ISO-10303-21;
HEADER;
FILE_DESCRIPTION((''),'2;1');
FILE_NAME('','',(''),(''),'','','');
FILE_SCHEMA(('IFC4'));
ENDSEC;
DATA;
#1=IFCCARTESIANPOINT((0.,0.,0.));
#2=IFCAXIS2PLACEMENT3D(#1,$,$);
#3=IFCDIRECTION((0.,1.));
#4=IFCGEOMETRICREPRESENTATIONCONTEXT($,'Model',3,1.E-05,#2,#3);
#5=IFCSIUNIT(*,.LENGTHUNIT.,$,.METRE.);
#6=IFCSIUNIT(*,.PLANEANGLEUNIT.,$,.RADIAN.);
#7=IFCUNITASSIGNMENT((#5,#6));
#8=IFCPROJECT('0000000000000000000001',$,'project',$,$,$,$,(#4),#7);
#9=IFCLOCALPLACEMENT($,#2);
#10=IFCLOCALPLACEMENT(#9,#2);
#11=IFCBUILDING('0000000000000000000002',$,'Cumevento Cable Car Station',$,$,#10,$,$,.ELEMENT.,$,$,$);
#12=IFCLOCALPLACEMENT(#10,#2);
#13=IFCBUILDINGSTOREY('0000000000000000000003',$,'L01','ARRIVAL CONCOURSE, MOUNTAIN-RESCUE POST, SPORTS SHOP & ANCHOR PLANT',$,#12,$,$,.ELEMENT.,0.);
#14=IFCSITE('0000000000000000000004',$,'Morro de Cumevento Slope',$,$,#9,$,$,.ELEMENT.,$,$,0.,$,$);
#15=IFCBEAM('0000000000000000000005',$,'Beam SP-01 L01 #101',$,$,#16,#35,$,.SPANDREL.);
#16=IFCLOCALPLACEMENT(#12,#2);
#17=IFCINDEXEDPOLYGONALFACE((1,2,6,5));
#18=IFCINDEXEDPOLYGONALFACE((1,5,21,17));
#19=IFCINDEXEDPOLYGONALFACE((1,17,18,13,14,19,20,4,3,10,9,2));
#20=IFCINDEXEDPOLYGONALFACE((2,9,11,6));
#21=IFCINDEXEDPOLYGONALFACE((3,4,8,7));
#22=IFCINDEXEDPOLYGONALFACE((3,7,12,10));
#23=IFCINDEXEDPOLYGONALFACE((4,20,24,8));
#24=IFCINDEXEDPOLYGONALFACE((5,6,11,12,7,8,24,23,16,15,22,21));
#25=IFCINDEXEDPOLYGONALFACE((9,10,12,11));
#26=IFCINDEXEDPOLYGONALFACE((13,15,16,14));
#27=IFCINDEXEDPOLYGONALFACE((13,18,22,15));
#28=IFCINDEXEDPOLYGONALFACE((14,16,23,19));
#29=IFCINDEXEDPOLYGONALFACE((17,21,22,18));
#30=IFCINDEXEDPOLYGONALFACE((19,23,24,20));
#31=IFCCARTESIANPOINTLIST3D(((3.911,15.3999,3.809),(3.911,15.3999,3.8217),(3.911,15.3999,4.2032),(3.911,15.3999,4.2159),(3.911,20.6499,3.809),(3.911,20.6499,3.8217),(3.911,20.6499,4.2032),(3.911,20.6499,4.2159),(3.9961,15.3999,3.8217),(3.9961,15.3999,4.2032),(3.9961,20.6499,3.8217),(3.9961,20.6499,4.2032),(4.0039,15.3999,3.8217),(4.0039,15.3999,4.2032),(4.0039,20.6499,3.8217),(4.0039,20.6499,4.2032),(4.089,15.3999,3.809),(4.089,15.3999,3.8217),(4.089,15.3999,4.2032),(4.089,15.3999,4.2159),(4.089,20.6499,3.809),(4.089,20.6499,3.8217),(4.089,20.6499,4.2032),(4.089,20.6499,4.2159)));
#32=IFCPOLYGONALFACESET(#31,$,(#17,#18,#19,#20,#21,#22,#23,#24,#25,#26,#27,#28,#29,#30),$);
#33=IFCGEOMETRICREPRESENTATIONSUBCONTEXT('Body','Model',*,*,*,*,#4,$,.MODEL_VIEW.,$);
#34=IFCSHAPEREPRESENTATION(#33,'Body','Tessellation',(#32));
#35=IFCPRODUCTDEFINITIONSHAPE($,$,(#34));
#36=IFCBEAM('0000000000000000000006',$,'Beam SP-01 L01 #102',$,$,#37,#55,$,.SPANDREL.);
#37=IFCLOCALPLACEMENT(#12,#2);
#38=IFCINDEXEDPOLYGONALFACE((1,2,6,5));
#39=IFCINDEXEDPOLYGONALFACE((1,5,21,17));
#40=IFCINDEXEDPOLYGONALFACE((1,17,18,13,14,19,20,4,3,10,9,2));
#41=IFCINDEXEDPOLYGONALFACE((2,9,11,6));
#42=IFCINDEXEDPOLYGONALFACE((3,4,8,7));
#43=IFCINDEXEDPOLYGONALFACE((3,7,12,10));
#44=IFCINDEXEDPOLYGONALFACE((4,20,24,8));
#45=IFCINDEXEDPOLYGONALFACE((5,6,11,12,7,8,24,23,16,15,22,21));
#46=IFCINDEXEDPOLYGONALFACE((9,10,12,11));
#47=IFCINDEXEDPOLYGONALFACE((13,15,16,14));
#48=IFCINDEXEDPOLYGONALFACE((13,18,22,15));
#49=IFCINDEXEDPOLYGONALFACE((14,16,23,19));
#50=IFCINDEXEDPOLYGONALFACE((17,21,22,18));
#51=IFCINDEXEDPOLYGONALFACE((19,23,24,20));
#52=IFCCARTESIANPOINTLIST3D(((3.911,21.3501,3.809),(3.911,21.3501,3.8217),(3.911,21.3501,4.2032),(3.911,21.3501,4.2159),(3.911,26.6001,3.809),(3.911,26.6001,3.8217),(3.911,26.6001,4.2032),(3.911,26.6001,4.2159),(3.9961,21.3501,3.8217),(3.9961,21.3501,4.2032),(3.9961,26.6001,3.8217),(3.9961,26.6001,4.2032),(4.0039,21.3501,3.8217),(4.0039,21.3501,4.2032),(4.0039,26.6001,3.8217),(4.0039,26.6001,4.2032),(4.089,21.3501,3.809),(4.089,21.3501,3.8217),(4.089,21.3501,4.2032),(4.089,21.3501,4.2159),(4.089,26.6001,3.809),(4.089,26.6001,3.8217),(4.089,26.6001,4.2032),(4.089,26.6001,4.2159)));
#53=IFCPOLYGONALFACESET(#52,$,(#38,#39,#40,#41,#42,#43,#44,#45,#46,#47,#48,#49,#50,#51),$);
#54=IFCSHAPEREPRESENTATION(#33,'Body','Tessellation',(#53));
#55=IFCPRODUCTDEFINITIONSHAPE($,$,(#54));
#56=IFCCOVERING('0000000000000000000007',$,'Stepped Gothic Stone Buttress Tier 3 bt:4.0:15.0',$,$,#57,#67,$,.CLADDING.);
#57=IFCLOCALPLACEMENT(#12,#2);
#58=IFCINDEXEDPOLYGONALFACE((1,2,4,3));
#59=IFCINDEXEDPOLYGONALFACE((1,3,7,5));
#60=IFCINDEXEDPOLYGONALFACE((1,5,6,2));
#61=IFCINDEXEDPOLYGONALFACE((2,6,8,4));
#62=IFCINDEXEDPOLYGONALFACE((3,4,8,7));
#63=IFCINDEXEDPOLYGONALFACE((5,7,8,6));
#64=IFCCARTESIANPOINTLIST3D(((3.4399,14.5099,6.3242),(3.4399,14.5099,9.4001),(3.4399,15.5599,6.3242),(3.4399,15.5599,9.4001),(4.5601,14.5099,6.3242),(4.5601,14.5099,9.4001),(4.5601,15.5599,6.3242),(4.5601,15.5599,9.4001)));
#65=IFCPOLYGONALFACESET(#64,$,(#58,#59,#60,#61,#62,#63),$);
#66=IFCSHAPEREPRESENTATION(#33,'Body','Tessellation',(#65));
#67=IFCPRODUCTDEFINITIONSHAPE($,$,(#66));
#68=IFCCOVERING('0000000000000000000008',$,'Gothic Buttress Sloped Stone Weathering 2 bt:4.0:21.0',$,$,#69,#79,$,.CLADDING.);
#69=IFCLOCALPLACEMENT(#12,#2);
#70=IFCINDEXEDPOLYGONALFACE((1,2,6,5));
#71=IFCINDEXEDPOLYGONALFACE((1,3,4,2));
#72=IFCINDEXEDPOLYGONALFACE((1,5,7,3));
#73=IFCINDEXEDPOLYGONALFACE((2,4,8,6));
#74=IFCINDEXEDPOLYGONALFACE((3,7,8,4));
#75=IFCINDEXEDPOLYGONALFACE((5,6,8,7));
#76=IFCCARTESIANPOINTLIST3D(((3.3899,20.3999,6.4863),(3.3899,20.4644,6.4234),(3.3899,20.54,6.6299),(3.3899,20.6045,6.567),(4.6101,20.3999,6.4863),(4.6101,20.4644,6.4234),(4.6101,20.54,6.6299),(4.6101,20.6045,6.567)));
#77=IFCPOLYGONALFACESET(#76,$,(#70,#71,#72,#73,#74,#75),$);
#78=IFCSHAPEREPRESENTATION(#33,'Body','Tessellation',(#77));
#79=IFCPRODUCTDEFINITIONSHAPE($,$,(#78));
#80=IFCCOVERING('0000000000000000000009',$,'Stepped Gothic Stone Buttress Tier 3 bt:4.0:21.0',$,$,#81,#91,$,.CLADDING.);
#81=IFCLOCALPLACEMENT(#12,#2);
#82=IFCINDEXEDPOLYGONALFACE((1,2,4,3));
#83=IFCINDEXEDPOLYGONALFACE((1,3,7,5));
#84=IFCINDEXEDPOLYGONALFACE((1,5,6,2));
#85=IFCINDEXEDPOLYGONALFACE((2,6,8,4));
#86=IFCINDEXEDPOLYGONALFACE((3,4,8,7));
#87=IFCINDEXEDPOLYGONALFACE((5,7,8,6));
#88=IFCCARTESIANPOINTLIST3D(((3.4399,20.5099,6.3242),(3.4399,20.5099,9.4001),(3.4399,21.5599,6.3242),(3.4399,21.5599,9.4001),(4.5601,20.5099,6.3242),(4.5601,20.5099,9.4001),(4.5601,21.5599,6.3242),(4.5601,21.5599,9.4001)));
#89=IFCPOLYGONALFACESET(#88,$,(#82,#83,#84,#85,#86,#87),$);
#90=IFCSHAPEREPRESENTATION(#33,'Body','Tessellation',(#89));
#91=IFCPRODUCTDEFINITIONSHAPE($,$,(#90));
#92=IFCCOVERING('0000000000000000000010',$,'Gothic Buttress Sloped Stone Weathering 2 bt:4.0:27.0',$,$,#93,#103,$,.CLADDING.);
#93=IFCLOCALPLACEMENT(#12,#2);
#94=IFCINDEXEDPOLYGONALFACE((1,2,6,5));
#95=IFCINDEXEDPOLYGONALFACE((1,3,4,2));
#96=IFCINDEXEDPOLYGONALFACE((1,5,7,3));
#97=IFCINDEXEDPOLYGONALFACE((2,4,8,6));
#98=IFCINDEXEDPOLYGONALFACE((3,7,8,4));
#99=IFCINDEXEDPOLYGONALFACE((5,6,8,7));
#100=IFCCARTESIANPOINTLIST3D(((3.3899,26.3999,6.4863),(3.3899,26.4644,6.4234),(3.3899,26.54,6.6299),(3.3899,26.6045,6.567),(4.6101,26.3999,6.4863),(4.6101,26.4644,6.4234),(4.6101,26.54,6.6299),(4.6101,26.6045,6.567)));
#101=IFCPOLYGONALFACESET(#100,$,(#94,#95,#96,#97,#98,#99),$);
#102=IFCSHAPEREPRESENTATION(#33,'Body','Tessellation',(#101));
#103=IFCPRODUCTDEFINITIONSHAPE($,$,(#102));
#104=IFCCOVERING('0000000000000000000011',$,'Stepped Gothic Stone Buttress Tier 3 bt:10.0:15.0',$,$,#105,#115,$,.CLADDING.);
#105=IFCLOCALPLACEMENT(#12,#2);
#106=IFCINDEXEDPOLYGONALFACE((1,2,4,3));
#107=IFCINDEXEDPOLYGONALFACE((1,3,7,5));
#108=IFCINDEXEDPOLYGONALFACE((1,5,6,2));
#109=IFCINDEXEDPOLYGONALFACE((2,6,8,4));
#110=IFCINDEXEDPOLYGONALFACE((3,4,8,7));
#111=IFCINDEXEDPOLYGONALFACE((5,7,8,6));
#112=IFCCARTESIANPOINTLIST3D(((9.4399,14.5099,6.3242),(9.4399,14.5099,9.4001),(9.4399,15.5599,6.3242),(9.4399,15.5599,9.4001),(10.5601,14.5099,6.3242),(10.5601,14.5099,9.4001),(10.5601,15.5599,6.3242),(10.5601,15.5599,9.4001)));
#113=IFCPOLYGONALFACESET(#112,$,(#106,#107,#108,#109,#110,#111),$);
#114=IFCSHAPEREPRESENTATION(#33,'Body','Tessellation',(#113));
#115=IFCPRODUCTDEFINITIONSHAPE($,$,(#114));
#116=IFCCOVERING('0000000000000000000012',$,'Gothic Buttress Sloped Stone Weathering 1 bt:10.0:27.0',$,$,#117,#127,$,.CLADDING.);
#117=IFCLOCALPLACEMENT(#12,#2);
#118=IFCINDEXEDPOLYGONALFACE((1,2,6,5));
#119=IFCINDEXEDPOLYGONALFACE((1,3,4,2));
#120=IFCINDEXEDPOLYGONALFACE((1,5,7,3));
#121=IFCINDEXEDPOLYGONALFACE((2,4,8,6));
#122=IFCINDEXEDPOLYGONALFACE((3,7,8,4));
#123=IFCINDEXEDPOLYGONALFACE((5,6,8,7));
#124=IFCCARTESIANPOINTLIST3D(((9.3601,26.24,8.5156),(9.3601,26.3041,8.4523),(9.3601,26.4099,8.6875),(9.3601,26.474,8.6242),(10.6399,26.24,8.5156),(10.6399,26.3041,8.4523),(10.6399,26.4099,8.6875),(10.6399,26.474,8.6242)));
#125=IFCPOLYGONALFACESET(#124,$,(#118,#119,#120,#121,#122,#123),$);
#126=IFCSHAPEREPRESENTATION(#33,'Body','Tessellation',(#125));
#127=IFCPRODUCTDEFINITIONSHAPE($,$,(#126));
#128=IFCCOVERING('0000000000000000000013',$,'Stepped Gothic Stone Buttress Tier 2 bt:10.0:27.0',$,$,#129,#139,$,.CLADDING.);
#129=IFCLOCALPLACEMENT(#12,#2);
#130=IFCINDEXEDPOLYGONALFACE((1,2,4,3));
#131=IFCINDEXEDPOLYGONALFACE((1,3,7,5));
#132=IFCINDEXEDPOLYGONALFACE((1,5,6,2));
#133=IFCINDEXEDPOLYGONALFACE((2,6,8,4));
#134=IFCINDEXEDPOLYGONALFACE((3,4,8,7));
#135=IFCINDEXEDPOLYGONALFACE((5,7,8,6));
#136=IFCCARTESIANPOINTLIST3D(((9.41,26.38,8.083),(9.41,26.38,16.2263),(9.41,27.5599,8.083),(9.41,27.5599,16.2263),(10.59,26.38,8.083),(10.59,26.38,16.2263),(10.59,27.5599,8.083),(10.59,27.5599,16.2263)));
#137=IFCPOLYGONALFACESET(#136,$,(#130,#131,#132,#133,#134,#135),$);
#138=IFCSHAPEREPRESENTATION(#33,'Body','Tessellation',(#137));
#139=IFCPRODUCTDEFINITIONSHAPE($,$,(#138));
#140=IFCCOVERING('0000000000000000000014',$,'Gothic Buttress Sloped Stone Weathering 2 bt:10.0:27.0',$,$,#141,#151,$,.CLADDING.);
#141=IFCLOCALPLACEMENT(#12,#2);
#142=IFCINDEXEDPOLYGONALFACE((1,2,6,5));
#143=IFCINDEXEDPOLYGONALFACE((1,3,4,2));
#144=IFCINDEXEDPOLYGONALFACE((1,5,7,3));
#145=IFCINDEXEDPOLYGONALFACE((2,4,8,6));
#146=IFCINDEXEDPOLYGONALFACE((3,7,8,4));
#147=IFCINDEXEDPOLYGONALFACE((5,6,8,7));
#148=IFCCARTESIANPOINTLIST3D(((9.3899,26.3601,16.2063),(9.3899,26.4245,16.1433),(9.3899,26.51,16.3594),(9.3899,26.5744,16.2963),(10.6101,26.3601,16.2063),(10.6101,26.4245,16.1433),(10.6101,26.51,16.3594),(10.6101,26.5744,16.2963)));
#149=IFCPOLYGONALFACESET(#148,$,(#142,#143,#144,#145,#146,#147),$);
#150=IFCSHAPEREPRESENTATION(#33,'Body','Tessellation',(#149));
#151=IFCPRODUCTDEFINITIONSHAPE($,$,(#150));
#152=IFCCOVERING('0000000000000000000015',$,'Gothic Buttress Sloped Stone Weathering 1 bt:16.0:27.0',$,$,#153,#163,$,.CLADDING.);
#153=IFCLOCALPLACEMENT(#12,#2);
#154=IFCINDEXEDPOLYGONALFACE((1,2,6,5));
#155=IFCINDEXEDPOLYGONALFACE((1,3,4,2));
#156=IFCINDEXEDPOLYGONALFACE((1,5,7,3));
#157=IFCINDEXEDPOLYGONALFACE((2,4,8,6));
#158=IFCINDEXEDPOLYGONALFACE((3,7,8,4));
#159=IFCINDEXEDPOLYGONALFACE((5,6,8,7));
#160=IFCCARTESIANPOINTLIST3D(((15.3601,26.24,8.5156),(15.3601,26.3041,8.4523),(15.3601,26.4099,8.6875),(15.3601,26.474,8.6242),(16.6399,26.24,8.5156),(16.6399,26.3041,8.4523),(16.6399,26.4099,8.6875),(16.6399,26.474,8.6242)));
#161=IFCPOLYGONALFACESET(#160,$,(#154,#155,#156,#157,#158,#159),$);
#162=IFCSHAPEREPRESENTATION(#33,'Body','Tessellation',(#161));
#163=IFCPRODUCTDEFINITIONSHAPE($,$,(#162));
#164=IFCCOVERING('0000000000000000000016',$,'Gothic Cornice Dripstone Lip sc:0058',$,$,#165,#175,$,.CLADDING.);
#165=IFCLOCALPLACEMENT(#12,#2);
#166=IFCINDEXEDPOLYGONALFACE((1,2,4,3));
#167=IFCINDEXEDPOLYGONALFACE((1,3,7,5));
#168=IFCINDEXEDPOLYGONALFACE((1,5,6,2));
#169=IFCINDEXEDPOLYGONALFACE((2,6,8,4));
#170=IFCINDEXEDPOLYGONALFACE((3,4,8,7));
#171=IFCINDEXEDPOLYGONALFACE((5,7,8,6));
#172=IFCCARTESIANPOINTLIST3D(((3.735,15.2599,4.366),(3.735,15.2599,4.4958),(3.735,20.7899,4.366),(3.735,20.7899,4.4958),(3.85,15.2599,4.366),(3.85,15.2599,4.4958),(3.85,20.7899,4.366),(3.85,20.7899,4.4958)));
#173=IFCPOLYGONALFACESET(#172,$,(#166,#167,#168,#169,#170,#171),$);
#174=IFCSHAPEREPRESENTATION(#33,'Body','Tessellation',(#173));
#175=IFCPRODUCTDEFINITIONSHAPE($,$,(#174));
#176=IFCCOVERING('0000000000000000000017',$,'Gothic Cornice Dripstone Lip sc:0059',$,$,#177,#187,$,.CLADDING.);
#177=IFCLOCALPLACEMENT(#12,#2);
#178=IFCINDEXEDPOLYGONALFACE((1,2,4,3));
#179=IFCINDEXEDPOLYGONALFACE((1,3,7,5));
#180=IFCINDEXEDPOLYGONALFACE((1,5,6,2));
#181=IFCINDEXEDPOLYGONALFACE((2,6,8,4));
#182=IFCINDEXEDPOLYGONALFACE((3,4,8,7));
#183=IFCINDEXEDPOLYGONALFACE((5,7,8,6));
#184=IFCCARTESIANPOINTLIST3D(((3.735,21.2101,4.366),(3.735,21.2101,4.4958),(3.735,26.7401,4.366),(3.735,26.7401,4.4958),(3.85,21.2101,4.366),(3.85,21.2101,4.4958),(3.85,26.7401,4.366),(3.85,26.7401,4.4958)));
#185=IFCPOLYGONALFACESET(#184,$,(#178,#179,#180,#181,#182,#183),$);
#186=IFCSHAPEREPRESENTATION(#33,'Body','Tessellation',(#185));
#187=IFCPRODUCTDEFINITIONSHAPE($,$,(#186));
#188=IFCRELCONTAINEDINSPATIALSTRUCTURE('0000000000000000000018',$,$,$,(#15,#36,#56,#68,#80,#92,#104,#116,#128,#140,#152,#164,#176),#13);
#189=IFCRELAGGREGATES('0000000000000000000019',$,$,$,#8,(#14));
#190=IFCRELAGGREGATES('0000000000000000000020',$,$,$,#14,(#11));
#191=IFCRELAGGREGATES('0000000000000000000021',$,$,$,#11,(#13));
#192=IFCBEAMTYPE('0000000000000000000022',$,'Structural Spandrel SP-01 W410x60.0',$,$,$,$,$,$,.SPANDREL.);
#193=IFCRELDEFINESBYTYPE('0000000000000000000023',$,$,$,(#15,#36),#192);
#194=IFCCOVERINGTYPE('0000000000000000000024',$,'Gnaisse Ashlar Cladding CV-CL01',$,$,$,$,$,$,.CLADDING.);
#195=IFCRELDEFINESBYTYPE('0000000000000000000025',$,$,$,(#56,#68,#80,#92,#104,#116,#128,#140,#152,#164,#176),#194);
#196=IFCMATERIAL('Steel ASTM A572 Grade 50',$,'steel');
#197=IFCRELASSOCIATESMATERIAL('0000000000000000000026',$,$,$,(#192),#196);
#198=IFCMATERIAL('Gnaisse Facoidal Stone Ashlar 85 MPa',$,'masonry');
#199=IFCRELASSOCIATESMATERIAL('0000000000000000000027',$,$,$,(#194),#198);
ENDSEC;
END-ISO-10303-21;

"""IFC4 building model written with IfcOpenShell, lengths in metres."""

from ifc_helpers import new_model, si_unit, direction, frame, origin, origin_2d, place, context, subcontext, project, spatial, polyline, rectangle, i_section, outline, extrude, material, material_profile, profile_set, type_object, element, save


model = new_model("IFC4")

# Units and contexts
model_context = context("Model", 3, precision=1e-05, world=origin(), true_north=direction((0.0, 1.0)))
body_context = subcontext(model_context, "Body", "Model", "MODEL_VIEW")
ifc_project = project(units=[si_unit("LENGTHUNIT", "METRE"), si_unit("PLANEANGLEUNIT", "RADIAN")], contexts=[model_context])

# Site, building, storey
site_placement = place(None, origin())
site = spatial("IfcSite", under=ifc_project, at=site_placement, Name="Morro de Cumevento Slope", CompositionType="ELEMENT", RefElevation=0.0)
building_placement = place(site_placement, origin())
building = spatial("IfcBuilding", under=site, at=building_placement, Name="Cumevento Cable Car Station", CompositionType="ELEMENT")
storey_placement = place(building_placement, origin())
storey = spatial("IfcBuildingStorey", under=building, at=storey_placement, Name="L01", Description="ARRIVAL CONCOURSE, MOUNTAIN-RESCUE POST, SPORTS SHOP & ANCHOR PLANT", CompositionType="ELEMENT", Elevation=0.0)

# Beams
ifc_material_1 = material(Name="Steel ASTM A572 Grade 50", Category="steel")
ifc_material_profile_1 = material_profile(ifc_material_1, i_section(OverallWidth=0.178, OverallDepth=0.407, WebThickness=0.0078, FlangeThickness=0.0127, at=origin_2d()), Name="W410x60.0")
ifc_profile_set_1 = profile_set([ifc_material_profile_1], Name="Steel ASTM A572 Grade 50")
beam_type_1 = type_object("IfcBeamType", Name="Structural Spandrel SP-01 W410x60.0", PredefinedType="SPANDREL", material=ifc_profile_set_1)
for number, where, z_axis, x_axis, name in (
    (1, (4.0, 15.3999, 4.0125), (0.0, 1.0, 0.0), (-1.0, 0.0, 0.0), "Beam SP-01 L01 #101"),
    (2, (4.0, 21.3501, 4.0125), (0.0, 1.0, 0.0), (-1.0, 0.0, 0.0), "Beam SP-01 L01 #102"),
):
    element("IfcBeam", number, at=place(storey_placement, frame(where, z_axis=z_axis, x_axis=x_axis)), inside=storey, type_object=beam_type_1, Name=name, PredefinedType="SPANDREL", context=body_context, shape_type="SweptSolid", body=[
        extrude(i_section(OverallWidth=0.178, OverallDepth=0.407, WebThickness=0.0078, FlangeThickness=0.0127, at=origin_2d()), origin(), (0.0, 0.0, 1.0), 5.25),
    ])

# Coverings
ifc_material_2 = material(Name="Gnaisse Facoidal Stone Ashlar 85 MPa", Category="masonry")
covering_type = type_object("IfcCoveringType", Name="Gnaisse Ashlar Cladding CV-CL01", PredefinedType="CLADDING", material=ifc_material_2)
covering_1_placement = place(storey_placement, frame((4.0, 15.0349, 6.3242), z_axis=(0.0, 0.0, 1.0), x_axis=(1.0, 0.0, 0.0)))
element("IfcCovering", 3, at=covering_1_placement, inside=storey, type_object=covering_type, Name="Stepped Gothic Stone Buttress Tier 3 bt:4.0:15.0", PredefinedType="CLADDING", context=body_context, shape_type="SweptSolid", body=[
    extrude(rectangle(XDim=1.1201, YDim=1.05, at=origin_2d()), origin(), (0.0, 0.0, 1.0), 3.0759),
])
covering_2_placement = place(storey_placement, frame((3.3899, 20.3999, 6.4863), z_axis=(0.0, -0.715574, 0.698537), x_axis=(1.0, 0.0, 0.0)))
element("IfcCovering", 4, at=covering_2_placement, inside=storey, type_object=covering_type, Name="Gothic Buttress Sloped Stone Weathering 2 bt:4.0:21.0", PredefinedType="CLADDING", context=body_context, shape_type="SweptSolid", body=[
    extrude(outline(polyline([(0.0, 0.0), (1.2202, 0.0), (1.2202, 0.2006), (0.0, 0.2006), (0.0, 0.0)])), origin(), (0.0, 0.0, -1.0), 0.0901),
])
covering_3_placement = place(storey_placement, frame((4.0, 21.0349, 6.3242), z_axis=(0.0, 0.0, 1.0), x_axis=(1.0, 0.0, 0.0)))
element("IfcCovering", 5, at=covering_3_placement, inside=storey, type_object=covering_type, Name="Stepped Gothic Stone Buttress Tier 3 bt:4.0:21.0", PredefinedType="CLADDING", context=body_context, shape_type="SweptSolid", body=[
    extrude(rectangle(XDim=1.1201, YDim=1.05, at=origin_2d()), origin(), (0.0, 0.0, 1.0), 3.0759),
])
covering_4_placement = place(storey_placement, frame((3.3899, 26.3999, 6.4863), z_axis=(0.0, -0.715574, 0.698537), x_axis=(1.0, 0.0, 0.0)))
element("IfcCovering", 6, at=covering_4_placement, inside=storey, type_object=covering_type, Name="Gothic Buttress Sloped Stone Weathering 2 bt:4.0:27.0", PredefinedType="CLADDING", context=body_context, shape_type="SweptSolid", body=[
    extrude(outline(polyline([(0.0, 0.0), (1.2202, 0.0), (1.2202, 0.2006), (0.0, 0.2006), (0.0, 0.0)])), origin(), (0.0, 0.0, -1.0), 0.0901),
])
covering_5_placement = place(storey_placement, frame((10.0, 15.0349, 6.3242), z_axis=(0.0, 0.0, 1.0), x_axis=(1.0, 0.0, 0.0)))
element("IfcCovering", 7, at=covering_5_placement, inside=storey, type_object=covering_type, Name="Stepped Gothic Stone Buttress Tier 3 bt:10.0:15.0", PredefinedType="CLADDING", context=body_context, shape_type="SweptSolid", body=[
    extrude(rectangle(XDim=1.1201, YDim=1.05, at=origin_2d()), origin(), (0.0, 0.0, 1.0), 3.0759),
])
covering_6_placement = place(storey_placement, frame((9.3601, 26.24, 8.5156), z_axis=(0.0, -0.711136, 0.703055), x_axis=(1.0, 0.0, 0.0)))
element("IfcCovering", 8, at=covering_6_placement, inside=storey, type_object=covering_type, Name="Gothic Buttress Sloped Stone Weathering 1 bt:10.0:27.0", PredefinedType="CLADDING", context=body_context, shape_type="SweptSolid", body=[
    extrude(outline(polyline([(0.0, 0.0), (1.2798, 0.0), (1.2798, 0.2417), (0.0, 0.2417), (0.0, 0.0)])), origin(), (0.0, 0.0, -1.0), 0.0901),
])
covering_7_placement = place(storey_placement, frame((10.0, 26.97, 8.083), z_axis=(0.0, 0.0, 1.0), x_axis=(1.0, 0.0, 0.0)))
element("IfcCovering", 9, at=covering_7_placement, inside=storey, type_object=covering_type, Name="Stepped Gothic Stone Buttress Tier 2 bt:10.0:27.0", PredefinedType="CLADDING", context=body_context, shape_type="SweptSolid", body=[
    extrude(rectangle(XDim=1.1799, YDim=1.1799, at=origin_2d()), origin(), (0.0, 0.0, 1.0), 8.1433),
])
covering_8_placement = place(storey_placement, frame((9.3899, 26.3601, 16.2063), z_axis=(0.0, -0.714475, 0.699661), x_axis=(1.0, 0.0, 0.0)))
element("IfcCovering", 10, at=covering_8_placement, inside=storey, type_object=covering_type, Name="Gothic Buttress Sloped Stone Weathering 2 bt:10.0:27.0", PredefinedType="CLADDING", context=body_context, shape_type="SweptSolid", body=[
    extrude(outline(polyline([(0.0, 0.0), (1.2202, 0.0), (1.2202, 0.2142), (0.0, 0.2142), (0.0, 0.0)])), origin(), (0.0, 0.0, -1.0), 0.0901),
])
covering_9_placement = place(storey_placement, frame((15.3601, 26.24, 8.5156), z_axis=(0.0, -0.711136, 0.703055), x_axis=(1.0, 0.0, 0.0)))
element("IfcCovering", 11, at=covering_9_placement, inside=storey, type_object=covering_type, Name="Gothic Buttress Sloped Stone Weathering 1 bt:16.0:27.0", PredefinedType="CLADDING", context=body_context, shape_type="SweptSolid", body=[
    extrude(outline(polyline([(0.0, 0.0), (1.2798, 0.0), (1.2798, 0.2417), (0.0, 0.2417), (0.0, 0.0)])), origin(), (0.0, 0.0, -1.0), 0.0901),
])
for number, where, z_axis, x_axis, name in (
    (12, (3.7925, 18.0249, 4.366), (0.0, 0.0, 1.0), (0.0, 1.0, 0.0), "Gothic Cornice Dripstone Lip sc:0058"),
    (13, (3.7925, 23.9751, 4.366), (0.0, 0.0, 1.0), (0.0, 1.0, 0.0), "Gothic Cornice Dripstone Lip sc:0059"),
):
    element("IfcCovering", number, at=place(storey_placement, frame(where, z_axis=z_axis, x_axis=x_axis)), inside=storey, type_object=covering_type, Name=name, PredefinedType="CLADDING", context=body_context, shape_type="SweptSolid", body=[
        extrude(rectangle(XDim=5.53, YDim=0.115, at=origin_2d()), origin(), (0.0, 0.0, 1.0), 0.1299),
    ])

save(model, "model.ifc")
